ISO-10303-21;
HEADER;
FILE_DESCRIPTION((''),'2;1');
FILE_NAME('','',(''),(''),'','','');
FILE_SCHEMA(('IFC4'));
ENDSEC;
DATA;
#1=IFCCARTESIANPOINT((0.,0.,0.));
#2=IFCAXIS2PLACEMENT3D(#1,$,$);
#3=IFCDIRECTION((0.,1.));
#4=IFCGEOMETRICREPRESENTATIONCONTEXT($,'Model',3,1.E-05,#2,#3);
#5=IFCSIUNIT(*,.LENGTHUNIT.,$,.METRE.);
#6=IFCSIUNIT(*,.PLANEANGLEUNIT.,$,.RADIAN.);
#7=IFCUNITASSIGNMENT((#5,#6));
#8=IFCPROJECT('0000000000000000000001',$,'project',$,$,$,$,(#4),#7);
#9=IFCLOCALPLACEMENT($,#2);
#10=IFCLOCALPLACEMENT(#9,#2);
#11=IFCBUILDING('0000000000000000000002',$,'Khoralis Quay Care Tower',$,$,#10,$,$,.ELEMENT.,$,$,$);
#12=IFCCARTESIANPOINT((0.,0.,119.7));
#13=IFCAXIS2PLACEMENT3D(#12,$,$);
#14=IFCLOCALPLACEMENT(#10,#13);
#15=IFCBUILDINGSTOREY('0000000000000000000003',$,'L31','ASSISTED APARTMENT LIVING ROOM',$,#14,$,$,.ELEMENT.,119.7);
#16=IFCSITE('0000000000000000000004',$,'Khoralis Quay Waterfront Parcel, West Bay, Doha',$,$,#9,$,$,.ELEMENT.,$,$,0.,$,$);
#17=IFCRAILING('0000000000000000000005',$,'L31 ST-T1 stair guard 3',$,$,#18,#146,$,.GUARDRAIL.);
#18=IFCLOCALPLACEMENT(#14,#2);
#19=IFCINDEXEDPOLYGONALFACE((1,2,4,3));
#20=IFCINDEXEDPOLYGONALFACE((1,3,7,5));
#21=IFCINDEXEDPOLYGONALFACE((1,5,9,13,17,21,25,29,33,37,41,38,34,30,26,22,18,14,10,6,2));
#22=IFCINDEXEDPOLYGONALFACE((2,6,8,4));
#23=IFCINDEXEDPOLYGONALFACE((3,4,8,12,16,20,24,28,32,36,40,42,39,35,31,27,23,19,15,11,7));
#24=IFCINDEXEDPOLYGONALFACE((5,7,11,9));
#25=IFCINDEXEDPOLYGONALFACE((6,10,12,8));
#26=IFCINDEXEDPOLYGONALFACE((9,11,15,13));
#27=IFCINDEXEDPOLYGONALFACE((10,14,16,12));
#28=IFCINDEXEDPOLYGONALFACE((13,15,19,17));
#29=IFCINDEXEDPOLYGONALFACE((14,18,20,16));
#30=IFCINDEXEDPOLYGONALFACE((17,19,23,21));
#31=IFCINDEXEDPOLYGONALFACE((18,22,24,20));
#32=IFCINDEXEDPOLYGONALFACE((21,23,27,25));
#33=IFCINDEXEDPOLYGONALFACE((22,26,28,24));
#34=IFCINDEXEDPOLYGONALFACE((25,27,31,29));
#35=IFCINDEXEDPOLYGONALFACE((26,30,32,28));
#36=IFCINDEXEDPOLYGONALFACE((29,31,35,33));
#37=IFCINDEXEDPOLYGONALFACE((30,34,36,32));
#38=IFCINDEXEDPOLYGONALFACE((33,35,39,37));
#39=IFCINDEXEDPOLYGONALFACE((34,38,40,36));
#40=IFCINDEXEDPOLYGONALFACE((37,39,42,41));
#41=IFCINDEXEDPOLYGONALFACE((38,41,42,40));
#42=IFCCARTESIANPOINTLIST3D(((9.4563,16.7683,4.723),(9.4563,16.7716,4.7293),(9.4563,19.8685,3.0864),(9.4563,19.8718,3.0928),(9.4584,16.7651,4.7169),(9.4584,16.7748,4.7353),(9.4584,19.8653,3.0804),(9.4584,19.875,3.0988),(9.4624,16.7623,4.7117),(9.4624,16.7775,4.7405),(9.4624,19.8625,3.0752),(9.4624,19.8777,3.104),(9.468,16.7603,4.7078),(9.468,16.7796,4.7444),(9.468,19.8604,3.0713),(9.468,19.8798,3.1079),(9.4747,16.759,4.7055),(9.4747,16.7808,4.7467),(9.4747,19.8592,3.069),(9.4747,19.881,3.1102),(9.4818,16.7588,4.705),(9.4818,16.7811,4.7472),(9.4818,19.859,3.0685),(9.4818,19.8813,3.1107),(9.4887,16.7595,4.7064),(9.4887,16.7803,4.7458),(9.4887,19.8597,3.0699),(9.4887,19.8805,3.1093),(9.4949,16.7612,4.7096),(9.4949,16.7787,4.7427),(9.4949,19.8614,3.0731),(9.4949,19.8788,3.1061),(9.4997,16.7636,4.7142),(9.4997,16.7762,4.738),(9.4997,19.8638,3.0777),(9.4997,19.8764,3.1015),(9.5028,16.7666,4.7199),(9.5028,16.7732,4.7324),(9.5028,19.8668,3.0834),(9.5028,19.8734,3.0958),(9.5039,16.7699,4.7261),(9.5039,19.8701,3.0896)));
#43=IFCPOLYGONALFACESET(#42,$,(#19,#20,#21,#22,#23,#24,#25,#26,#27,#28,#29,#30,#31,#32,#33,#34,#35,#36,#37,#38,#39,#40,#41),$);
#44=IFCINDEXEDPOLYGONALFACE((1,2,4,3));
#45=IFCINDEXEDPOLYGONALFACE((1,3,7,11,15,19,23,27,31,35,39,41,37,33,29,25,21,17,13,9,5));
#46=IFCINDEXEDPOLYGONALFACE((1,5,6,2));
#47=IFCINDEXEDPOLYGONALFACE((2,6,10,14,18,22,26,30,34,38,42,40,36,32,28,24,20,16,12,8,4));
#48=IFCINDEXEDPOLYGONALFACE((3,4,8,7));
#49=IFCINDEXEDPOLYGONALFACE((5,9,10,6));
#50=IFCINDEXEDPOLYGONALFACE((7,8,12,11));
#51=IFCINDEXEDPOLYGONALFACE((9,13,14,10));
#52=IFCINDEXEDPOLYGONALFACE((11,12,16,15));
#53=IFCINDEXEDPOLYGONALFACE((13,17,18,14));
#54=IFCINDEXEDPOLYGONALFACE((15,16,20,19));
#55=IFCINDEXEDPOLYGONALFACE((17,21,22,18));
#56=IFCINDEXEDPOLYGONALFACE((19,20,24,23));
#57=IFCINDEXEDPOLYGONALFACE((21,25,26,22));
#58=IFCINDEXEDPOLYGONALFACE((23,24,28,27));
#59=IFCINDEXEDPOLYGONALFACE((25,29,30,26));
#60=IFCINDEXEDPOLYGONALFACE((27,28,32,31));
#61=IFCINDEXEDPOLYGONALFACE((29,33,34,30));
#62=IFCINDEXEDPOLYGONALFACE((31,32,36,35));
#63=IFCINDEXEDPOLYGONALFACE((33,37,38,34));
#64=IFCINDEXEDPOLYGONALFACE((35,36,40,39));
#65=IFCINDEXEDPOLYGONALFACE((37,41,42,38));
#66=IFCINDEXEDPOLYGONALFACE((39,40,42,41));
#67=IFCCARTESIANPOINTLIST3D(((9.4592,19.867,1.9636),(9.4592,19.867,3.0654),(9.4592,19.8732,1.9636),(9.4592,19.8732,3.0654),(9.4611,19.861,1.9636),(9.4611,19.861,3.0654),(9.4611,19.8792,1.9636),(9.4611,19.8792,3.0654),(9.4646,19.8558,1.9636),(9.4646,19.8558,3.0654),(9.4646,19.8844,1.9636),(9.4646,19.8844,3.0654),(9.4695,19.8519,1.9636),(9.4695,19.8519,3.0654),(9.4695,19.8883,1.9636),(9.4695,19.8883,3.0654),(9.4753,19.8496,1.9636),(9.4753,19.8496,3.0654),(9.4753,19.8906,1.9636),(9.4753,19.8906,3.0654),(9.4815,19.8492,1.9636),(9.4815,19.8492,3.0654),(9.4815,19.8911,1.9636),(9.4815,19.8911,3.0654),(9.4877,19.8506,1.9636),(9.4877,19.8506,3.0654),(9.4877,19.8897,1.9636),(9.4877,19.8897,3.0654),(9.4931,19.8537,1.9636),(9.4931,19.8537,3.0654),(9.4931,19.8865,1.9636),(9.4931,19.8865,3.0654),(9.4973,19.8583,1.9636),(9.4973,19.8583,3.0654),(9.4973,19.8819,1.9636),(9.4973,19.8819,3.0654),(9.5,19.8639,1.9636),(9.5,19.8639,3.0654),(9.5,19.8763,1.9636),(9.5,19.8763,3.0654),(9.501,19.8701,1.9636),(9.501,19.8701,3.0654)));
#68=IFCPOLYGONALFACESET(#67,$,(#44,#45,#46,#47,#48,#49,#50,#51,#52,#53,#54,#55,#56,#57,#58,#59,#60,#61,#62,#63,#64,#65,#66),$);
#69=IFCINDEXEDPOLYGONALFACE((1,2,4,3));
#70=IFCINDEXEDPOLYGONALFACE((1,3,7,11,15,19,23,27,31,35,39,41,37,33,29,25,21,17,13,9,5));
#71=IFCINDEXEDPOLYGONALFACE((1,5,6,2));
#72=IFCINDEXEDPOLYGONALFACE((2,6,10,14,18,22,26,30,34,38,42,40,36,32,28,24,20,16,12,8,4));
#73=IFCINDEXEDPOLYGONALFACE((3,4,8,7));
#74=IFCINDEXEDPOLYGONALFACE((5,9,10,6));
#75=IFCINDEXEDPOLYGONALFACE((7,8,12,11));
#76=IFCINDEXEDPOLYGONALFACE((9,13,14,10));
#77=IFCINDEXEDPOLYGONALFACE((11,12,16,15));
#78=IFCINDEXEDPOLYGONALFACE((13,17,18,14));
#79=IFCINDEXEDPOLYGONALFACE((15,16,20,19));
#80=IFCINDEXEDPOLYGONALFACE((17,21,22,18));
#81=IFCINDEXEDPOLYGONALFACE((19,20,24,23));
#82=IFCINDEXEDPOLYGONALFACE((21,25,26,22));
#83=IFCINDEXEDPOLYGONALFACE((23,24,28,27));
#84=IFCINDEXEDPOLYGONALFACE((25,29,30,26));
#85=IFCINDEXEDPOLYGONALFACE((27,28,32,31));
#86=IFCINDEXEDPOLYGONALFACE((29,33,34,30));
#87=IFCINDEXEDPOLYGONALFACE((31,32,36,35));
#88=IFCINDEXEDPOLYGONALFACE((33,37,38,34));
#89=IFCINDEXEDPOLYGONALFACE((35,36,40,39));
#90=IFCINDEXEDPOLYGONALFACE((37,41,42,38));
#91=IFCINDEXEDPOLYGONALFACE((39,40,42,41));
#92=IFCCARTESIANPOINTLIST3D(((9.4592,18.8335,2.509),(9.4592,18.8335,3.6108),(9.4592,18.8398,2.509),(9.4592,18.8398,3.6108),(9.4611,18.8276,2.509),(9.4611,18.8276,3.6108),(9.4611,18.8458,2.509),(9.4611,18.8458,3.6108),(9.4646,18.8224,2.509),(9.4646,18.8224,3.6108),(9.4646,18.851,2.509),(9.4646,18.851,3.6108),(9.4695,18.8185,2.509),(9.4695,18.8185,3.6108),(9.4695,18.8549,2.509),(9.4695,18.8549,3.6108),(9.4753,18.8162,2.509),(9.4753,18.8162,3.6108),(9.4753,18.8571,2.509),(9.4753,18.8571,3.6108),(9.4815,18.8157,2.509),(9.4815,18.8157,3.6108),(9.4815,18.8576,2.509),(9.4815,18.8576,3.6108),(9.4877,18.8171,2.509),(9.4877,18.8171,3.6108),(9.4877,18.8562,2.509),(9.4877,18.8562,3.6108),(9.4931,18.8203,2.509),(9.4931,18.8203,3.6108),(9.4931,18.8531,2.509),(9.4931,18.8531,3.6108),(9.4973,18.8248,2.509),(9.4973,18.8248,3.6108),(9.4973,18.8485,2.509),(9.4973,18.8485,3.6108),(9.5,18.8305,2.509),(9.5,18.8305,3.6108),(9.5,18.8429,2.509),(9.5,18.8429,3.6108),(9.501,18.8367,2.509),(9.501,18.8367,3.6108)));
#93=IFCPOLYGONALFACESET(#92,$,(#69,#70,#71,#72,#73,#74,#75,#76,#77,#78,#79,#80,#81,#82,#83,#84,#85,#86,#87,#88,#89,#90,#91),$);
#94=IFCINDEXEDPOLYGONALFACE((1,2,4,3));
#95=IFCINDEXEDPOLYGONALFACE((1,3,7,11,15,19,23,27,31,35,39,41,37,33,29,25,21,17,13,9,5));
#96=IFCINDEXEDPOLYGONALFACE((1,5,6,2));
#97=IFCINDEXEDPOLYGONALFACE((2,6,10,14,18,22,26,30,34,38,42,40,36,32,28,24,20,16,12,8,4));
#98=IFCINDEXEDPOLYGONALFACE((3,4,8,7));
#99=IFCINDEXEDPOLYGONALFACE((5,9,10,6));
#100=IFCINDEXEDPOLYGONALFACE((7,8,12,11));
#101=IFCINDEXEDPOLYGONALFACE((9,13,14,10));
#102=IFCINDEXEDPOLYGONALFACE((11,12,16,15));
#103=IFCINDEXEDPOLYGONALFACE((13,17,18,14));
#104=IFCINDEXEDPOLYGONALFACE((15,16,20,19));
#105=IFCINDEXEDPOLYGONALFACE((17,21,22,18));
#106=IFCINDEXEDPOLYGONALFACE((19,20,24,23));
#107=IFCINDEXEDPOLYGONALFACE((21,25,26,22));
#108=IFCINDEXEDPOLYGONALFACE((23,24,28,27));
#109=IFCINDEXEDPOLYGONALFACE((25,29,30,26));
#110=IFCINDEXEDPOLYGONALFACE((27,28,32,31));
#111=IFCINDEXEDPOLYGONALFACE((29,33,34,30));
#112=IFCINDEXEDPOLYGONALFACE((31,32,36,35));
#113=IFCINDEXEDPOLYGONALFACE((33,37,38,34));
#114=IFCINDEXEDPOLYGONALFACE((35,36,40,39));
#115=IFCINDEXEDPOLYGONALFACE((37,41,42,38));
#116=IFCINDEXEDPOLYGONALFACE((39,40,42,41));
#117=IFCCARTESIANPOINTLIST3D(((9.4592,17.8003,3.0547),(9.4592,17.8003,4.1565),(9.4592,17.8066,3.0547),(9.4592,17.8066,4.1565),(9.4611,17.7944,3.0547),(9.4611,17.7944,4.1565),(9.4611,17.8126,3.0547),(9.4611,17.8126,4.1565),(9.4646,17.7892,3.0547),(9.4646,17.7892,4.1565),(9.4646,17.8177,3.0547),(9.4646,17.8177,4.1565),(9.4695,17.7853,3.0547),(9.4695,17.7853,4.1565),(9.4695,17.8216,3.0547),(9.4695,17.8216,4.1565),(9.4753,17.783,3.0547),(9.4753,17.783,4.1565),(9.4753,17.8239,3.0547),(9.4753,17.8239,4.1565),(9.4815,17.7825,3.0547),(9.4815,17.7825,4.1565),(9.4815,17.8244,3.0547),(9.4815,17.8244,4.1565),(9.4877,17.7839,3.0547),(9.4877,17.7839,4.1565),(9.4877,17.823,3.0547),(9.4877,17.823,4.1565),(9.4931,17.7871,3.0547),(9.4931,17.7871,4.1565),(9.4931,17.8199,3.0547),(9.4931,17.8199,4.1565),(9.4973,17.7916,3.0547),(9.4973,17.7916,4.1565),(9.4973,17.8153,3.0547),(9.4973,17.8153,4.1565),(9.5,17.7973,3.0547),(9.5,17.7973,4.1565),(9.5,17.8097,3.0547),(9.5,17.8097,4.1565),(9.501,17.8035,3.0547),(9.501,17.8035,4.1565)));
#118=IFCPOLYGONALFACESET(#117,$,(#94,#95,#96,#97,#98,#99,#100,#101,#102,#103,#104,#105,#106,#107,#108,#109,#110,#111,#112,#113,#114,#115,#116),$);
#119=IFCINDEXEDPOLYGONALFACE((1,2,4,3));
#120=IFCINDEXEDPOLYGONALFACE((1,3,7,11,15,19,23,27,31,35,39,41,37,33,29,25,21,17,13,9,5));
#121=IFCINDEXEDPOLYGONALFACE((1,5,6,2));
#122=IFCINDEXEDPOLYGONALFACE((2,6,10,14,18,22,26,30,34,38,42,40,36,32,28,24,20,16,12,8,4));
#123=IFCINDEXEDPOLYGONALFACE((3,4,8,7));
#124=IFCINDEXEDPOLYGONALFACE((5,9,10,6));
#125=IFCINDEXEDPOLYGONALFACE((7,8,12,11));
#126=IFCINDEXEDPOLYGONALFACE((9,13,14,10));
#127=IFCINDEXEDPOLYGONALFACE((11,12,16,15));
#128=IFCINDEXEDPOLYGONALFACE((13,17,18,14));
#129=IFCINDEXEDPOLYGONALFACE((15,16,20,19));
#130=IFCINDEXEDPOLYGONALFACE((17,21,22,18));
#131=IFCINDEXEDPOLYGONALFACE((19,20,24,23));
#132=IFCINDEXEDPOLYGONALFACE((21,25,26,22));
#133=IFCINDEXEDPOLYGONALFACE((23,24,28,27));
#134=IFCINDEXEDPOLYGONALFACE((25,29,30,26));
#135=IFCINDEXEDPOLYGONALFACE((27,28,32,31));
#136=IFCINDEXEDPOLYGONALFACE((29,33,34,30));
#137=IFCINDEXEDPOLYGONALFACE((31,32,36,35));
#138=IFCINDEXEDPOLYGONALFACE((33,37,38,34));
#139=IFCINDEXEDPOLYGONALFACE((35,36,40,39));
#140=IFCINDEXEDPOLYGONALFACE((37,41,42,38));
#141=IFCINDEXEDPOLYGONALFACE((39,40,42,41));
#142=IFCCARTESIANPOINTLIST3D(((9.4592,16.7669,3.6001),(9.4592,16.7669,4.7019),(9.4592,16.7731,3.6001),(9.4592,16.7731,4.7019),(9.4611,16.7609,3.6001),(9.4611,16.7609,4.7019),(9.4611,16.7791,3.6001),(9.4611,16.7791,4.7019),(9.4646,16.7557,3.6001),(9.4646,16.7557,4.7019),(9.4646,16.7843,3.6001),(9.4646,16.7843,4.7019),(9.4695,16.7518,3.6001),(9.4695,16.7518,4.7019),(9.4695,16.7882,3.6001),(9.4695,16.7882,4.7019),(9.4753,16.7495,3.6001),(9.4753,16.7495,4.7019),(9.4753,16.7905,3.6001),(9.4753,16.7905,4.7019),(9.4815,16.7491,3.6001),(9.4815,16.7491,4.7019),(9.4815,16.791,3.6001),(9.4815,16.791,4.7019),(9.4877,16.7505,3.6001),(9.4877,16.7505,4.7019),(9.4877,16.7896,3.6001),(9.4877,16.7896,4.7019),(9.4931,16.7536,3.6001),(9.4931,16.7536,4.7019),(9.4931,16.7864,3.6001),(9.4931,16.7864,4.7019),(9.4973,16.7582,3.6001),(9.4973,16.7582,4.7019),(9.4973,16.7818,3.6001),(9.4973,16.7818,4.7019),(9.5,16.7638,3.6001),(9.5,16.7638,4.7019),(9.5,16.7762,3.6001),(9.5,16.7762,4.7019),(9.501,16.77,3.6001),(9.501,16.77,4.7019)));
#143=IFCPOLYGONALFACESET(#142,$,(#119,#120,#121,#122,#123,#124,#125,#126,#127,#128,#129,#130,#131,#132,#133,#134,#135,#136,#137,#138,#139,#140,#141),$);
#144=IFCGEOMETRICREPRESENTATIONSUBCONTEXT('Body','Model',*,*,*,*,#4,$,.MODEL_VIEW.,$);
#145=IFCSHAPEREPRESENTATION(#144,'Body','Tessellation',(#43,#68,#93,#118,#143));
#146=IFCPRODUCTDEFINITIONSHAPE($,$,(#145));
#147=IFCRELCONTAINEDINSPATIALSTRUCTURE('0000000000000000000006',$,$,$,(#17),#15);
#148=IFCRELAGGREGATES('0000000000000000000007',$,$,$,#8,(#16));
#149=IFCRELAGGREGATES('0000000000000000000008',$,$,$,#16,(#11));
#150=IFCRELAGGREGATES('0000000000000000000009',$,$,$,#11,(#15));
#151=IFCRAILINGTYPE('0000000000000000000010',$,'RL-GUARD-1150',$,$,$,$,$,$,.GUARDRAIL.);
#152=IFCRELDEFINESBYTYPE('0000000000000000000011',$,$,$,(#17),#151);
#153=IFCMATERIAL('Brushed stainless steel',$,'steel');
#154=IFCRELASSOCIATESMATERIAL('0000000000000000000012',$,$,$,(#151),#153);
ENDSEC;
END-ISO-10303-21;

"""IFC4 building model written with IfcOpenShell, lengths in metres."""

from ifc_helpers import new_model, si_unit, direction, frame, origin, origin_2d, place, context, subcontext, project, spatial, circle, extrude, material, type_object, element, save


model = new_model("IFC4")

# Units and contexts
model_context = context("Model", 3, precision=1e-05, world=origin(), true_north=direction((0.0, 1.0)))
body_context = subcontext(model_context, "Body", "Model", "MODEL_VIEW")
ifc_project = project(units=[si_unit("LENGTHUNIT", "METRE"), si_unit("PLANEANGLEUNIT", "RADIAN")], contexts=[model_context])

# Site, building, storey
site_placement = place(None, origin())
site = spatial("IfcSite", under=ifc_project, at=site_placement, Name="Khoralis Quay Waterfront Parcel, West Bay, Doha", CompositionType="ELEMENT", RefElevation=0.0)
building_placement = place(site_placement, origin())
building = spatial("IfcBuilding", under=site, at=building_placement, Name="Khoralis Quay Care Tower", CompositionType="ELEMENT")
storey_placement = place(building_placement, frame((0.0, 0.0, 119.7)))
storey = spatial("IfcBuildingStorey", under=building, at=storey_placement, Name="L31", Description="ASSISTED APARTMENT LIVING ROOM", CompositionType="ELEMENT", Elevation=119.7)

# Shared definitions
ifc_material_1 = material(Name="Brushed stainless steel", Category="steel")

# Railing
railing_type_1 = type_object("IfcRailingType", Name="RL-GUARD-1150", PredefinedType="GUARDRAIL", material=ifc_material_1)
railing_1_placement = place(storey_placement, frame((9.48, 19.8701, 1.9636)))
element("IfcRailing", 1, at=railing_1_placement, inside=storey, type_object=railing_type_1, Name="L31 ST-T1 stair guard 3", PredefinedType="GUARDRAIL", context=body_context, shape_type="SweptSolid", body=[
    extrude(circle(Radius=0.0239, at=origin_2d()), frame((0.0, 0.0, 1.126), z_axis=(0.0, -0.884348, 0.466828), x_axis=(1.0, 0.0, 0.0)), (0.0, 0.0, 1.0), 3.5056),
    extrude(circle(Radius=0.021, at=origin_2d()), origin(), (0.0, 0.0, 1.0), 1.1018),
    extrude(circle(Radius=0.021, at=origin_2d()), frame((0.0, -1.0334, 0.5454)), (0.0, 0.0, 1.0), 1.1018),
    extrude(circle(Radius=0.021, at=origin_2d()), frame((0.0, -2.0667, 1.0911)), (0.0, 0.0, 1.0), 1.1018),
    extrude(circle(Radius=0.021, at=origin_2d()), frame((0.0, -3.1001, 1.6365)), (0.0, 0.0, 1.0), 1.1018),
])

save(model, "model.ifc")
